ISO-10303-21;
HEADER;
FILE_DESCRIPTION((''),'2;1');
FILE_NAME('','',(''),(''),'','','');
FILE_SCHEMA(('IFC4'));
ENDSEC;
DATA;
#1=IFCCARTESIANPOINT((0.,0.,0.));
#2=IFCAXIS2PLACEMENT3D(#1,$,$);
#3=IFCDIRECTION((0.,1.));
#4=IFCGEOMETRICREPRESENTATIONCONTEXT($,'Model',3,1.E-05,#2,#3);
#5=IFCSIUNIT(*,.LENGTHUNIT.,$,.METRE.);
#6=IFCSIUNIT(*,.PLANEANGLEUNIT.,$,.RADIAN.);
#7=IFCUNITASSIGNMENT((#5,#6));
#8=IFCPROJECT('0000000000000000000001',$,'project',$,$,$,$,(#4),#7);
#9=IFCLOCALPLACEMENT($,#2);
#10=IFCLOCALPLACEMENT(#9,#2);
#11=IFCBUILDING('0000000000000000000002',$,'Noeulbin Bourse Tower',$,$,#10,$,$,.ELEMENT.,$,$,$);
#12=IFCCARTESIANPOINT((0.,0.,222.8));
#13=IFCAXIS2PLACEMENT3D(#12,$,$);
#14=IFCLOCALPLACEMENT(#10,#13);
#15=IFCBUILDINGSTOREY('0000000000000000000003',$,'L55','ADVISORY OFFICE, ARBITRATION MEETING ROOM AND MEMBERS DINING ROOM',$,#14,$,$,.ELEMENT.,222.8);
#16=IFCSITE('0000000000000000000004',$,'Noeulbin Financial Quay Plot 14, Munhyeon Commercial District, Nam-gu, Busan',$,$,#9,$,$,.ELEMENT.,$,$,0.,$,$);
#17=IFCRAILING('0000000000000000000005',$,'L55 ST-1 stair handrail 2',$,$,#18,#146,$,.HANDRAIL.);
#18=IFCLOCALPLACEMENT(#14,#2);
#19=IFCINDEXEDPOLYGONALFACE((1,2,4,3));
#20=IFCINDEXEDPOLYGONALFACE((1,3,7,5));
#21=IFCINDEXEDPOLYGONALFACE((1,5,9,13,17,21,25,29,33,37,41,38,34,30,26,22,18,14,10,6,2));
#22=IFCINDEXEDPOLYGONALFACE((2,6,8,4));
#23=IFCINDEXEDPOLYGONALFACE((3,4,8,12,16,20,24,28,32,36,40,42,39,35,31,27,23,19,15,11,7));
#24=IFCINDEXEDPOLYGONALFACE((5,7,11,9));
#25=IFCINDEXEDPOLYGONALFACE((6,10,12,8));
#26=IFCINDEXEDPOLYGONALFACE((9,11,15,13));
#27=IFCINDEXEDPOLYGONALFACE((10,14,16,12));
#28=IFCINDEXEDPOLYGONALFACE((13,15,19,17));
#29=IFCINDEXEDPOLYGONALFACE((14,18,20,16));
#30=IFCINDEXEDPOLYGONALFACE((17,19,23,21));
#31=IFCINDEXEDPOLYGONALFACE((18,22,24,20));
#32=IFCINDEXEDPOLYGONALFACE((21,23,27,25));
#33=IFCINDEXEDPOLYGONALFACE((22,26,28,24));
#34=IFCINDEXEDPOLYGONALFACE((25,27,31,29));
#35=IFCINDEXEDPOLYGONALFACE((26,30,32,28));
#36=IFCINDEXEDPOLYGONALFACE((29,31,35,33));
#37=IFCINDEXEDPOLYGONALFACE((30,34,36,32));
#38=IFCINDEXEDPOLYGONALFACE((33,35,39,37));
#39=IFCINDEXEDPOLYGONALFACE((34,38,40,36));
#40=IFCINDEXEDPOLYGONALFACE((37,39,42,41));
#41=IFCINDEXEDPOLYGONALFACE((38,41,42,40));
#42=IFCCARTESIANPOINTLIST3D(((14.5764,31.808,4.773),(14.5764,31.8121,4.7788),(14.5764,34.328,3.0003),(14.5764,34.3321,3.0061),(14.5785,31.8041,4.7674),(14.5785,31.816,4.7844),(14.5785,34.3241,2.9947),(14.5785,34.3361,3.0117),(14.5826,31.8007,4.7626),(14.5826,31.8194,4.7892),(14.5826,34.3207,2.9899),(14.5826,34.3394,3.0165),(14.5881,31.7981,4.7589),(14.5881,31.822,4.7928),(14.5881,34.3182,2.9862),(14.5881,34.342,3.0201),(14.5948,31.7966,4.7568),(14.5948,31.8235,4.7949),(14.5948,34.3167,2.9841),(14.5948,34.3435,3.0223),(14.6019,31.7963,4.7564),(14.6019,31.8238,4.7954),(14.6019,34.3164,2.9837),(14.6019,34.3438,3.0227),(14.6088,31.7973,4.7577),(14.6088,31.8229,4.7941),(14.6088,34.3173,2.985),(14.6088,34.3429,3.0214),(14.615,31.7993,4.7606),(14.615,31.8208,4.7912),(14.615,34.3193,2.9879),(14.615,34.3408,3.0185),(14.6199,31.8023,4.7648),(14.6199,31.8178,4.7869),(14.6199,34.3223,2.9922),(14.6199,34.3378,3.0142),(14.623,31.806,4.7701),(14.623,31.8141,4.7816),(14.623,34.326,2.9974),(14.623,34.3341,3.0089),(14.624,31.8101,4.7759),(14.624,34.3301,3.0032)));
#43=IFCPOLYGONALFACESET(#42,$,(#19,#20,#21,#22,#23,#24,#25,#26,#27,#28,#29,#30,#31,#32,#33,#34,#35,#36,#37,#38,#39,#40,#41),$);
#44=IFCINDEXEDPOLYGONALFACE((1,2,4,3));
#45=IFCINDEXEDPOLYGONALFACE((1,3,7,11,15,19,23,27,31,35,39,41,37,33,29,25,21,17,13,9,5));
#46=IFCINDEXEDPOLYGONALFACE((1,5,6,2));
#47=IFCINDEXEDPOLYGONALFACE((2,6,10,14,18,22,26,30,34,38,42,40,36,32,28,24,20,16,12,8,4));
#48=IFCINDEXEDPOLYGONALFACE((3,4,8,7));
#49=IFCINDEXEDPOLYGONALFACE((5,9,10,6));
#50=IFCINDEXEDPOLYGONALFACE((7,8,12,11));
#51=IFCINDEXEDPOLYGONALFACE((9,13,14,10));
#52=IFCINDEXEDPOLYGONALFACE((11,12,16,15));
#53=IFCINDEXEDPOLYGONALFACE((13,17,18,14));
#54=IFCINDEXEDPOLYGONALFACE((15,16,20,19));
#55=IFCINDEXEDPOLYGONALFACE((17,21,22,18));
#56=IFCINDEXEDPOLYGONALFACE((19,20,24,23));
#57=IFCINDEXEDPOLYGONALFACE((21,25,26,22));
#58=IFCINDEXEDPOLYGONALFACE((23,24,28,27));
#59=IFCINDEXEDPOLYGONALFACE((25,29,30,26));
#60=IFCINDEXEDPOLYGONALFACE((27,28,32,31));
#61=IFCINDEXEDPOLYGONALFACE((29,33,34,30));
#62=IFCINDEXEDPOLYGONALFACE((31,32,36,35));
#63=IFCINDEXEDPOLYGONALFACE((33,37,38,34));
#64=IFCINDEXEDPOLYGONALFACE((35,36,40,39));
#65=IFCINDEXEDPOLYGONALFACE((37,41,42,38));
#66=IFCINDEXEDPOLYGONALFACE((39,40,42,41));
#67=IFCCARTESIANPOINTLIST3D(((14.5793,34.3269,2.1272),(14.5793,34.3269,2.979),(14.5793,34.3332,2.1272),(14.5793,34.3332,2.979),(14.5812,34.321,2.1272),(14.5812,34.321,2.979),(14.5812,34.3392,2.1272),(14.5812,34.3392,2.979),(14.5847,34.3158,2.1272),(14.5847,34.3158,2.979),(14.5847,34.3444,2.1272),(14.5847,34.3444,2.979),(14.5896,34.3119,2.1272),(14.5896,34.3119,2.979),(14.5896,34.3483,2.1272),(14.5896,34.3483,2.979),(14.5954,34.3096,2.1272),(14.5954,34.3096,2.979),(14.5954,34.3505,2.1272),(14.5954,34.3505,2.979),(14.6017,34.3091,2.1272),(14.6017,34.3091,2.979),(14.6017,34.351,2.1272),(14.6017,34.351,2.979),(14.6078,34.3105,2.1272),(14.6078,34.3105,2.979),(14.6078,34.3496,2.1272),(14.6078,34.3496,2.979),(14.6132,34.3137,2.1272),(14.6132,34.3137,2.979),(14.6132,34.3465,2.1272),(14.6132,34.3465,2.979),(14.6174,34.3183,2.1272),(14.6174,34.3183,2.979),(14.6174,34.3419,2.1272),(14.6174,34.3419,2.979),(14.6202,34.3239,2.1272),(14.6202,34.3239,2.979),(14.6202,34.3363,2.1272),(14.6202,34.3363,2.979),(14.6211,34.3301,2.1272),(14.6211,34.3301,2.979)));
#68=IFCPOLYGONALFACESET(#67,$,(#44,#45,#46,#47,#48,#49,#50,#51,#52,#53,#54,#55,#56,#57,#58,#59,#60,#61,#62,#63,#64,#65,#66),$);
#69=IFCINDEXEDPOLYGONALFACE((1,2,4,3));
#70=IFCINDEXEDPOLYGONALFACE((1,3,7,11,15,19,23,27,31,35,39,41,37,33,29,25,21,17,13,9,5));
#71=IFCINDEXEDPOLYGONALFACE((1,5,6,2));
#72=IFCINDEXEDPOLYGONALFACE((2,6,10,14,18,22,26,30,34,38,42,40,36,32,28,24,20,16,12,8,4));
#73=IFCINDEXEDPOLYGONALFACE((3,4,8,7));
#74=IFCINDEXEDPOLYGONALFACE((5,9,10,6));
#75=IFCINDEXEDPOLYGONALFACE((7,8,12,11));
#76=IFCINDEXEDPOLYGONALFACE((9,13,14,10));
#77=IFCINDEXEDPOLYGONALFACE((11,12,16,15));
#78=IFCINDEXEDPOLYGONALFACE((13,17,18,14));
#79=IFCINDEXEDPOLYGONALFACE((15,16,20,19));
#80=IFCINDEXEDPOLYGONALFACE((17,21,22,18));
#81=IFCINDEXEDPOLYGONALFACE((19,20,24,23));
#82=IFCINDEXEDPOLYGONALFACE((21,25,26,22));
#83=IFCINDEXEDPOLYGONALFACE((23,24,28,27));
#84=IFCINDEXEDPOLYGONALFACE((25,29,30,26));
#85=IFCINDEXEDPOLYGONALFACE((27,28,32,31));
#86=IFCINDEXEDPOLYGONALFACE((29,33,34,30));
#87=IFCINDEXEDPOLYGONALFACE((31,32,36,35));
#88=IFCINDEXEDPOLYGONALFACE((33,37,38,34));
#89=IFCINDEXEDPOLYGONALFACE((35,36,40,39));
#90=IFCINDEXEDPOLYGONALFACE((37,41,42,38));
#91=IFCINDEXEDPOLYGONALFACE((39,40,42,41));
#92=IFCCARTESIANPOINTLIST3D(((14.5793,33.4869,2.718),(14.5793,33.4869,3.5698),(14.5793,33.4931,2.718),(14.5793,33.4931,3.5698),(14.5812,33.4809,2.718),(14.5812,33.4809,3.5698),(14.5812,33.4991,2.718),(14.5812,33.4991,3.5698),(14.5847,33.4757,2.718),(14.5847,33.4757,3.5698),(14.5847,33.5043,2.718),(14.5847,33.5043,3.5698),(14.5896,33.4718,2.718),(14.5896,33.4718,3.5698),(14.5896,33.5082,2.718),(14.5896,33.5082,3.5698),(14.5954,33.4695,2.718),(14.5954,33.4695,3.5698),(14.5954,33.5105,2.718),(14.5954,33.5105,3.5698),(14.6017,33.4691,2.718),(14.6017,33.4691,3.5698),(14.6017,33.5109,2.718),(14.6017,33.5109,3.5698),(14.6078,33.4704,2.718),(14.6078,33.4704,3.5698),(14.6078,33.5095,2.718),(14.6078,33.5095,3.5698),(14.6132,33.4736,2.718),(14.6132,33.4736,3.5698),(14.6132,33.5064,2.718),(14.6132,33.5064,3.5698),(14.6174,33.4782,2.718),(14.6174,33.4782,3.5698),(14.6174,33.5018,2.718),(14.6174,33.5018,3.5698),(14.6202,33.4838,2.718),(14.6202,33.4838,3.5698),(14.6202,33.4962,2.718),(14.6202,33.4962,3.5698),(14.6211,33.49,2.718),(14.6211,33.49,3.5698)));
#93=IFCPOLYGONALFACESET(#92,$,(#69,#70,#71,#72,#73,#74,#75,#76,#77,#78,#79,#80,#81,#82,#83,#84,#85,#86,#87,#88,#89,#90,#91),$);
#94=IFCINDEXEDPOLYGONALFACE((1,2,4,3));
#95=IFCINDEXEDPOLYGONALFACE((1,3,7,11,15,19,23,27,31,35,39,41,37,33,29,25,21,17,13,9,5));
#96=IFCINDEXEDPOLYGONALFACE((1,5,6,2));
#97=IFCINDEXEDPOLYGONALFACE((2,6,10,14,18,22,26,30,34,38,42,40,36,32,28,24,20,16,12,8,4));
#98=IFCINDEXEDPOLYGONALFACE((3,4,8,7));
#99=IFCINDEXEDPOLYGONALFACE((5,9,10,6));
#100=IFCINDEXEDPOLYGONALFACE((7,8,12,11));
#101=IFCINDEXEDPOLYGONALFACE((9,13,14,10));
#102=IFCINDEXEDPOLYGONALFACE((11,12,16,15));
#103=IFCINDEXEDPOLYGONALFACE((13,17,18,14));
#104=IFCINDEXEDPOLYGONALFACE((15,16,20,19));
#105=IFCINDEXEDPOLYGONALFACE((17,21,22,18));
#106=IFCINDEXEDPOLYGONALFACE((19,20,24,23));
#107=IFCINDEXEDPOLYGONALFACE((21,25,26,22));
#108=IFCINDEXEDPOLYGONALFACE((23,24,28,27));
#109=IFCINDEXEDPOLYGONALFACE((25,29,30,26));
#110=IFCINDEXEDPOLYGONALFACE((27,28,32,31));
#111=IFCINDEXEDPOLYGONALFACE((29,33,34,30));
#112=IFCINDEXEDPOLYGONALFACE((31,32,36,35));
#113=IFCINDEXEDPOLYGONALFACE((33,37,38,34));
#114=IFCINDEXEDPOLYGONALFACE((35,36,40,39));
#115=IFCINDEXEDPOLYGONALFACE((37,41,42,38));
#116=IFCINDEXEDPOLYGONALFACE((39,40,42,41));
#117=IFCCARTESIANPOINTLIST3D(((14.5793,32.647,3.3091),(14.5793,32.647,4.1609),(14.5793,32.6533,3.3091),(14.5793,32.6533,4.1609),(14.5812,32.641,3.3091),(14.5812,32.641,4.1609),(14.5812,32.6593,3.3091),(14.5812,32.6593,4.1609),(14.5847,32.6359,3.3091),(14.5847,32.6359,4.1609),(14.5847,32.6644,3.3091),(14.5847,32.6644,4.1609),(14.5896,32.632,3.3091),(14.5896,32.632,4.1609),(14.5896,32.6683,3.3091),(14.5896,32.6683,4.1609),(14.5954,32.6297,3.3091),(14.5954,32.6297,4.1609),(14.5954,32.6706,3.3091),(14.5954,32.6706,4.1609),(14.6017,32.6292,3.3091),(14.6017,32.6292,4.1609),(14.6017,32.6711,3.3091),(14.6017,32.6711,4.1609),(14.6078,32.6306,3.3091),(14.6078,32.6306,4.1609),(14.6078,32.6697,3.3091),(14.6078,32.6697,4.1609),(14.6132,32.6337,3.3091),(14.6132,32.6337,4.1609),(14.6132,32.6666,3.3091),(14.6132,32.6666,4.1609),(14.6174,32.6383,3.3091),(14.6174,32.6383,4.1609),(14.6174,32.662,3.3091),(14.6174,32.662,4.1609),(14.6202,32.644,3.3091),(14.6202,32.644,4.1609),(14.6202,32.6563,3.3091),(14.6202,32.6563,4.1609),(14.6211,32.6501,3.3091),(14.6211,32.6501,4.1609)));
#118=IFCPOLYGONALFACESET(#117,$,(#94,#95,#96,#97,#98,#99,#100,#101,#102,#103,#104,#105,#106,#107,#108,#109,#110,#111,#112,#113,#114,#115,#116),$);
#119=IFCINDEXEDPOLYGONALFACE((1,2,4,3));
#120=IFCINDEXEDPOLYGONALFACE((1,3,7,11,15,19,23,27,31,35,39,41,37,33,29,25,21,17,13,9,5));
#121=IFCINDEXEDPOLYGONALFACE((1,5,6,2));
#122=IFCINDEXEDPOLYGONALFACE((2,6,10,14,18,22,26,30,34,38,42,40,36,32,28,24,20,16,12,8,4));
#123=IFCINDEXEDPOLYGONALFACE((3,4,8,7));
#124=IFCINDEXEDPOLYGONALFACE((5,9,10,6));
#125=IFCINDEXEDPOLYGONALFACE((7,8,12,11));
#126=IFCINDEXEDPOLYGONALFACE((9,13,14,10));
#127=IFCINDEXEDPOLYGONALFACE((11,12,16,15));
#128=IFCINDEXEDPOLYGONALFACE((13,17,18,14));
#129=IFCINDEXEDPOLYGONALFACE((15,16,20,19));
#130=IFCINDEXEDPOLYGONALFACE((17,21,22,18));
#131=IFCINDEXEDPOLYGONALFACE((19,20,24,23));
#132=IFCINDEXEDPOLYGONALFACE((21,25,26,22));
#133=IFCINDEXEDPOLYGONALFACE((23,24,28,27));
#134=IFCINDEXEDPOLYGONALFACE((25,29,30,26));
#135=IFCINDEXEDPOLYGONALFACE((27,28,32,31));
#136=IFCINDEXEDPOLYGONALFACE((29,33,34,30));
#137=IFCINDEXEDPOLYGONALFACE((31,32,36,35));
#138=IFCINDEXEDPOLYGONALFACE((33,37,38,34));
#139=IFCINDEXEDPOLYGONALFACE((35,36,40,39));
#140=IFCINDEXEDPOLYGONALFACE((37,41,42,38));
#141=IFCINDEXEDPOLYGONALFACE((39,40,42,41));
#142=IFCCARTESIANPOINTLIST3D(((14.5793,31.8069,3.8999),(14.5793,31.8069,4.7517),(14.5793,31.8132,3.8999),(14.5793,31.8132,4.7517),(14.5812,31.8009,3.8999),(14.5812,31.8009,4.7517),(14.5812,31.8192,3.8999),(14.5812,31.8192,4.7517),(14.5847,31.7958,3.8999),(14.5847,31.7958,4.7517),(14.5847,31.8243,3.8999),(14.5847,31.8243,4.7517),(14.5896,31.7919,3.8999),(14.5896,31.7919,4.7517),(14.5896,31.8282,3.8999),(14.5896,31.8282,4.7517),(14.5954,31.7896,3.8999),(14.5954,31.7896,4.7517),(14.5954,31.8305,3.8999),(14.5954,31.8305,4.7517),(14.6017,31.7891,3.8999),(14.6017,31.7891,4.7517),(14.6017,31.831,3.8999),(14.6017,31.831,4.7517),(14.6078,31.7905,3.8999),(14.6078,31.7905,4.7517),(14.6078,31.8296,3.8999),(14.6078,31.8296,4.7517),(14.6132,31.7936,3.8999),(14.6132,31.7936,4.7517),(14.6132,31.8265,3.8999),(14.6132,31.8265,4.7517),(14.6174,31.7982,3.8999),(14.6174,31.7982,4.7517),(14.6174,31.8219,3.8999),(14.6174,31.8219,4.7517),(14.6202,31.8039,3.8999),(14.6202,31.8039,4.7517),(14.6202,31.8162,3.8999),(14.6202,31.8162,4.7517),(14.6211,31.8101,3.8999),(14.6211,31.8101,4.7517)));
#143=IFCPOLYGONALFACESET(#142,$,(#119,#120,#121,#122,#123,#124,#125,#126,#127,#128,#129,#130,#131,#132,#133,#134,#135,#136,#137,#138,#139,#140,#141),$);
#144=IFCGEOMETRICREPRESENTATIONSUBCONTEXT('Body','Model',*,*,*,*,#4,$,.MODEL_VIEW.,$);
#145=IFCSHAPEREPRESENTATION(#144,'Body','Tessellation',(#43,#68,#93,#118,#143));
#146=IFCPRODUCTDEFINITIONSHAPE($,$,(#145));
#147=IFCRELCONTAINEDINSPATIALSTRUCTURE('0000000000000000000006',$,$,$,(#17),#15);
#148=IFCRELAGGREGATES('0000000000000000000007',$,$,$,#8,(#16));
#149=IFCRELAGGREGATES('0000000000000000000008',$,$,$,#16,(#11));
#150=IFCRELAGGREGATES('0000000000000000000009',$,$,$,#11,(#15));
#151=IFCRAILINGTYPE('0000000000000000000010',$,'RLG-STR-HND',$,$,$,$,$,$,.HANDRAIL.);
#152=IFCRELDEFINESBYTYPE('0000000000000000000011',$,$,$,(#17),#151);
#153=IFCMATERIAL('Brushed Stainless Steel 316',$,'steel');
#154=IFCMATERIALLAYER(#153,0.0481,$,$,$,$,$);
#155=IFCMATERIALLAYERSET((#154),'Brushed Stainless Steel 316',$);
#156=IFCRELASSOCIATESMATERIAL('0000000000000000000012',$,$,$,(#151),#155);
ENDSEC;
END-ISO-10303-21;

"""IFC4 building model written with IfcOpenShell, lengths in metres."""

from ifc_helpers import new_model, si_unit, direction, frame, origin, origin_2d, place, context, subcontext, project, spatial, circle, extrude, material, layer, layer_set, type_object, element, save


model = new_model("IFC4")

# Units and contexts
model_context = context("Model", 3, precision=1e-05, world=origin(), true_north=direction((0.0, 1.0)))
body_context = subcontext(model_context, "Body", "Model", "MODEL_VIEW")
ifc_project = project(units=[si_unit("LENGTHUNIT", "METRE"), si_unit("PLANEANGLEUNIT", "RADIAN")], contexts=[model_context])

# Site, building, storey
site_placement = place(None, origin())
site = spatial("IfcSite", under=ifc_project, at=site_placement, Name="Noeulbin Financial Quay Plot 14, Munhyeon Commercial District, Nam-gu, Busan", CompositionType="ELEMENT", RefElevation=0.0)
building_placement = place(site_placement, origin())
building = spatial("IfcBuilding", under=site, at=building_placement, Name="Noeulbin Bourse Tower", CompositionType="ELEMENT")
storey_placement = place(building_placement, frame((0.0, 0.0, 222.8)))
storey = spatial("IfcBuildingStorey", under=building, at=storey_placement, Name="L55", Description="ADVISORY OFFICE, ARBITRATION MEETING ROOM AND MEMBERS DINING ROOM", CompositionType="ELEMENT", Elevation=222.8)

# Railing
ifc_material_1 = material(Name="Brushed Stainless Steel 316", Category="steel")
ifc_layer_1 = layer(ifc_material_1, 0.0481)
ifc_layer_set_1 = layer_set([ifc_layer_1], Name="Brushed Stainless Steel 316")
railing_type_1 = type_object("IfcRailingType", Name="RLG-STR-HND", PredefinedType="HANDRAIL", material=ifc_layer_set_1)
railing_1_placement = place(storey_placement, frame((14.6001, 34.3301, 2.1272)))
element("IfcRailing", 1, at=railing_1_placement, inside=storey, type_object=railing_type_1, Name="L55 ST-1 stair handrail 2", PredefinedType="HANDRAIL", context=body_context, shape_type="SweptSolid", body=[
    extrude(circle(Radius=0.0239, at=origin_2d()), frame((0.0, 0.0, 0.876), z_axis=(0.0, -0.817904, 0.575354), x_axis=(1.0, 0.0, 0.0)), (0.0, 0.0, 1.0), 3.0811),
    extrude(circle(Radius=0.021, at=origin_2d()), origin(), (0.0, 0.0, 1.0), 0.8518),
    extrude(circle(Radius=0.021, at=origin_2d()), frame((0.0, -0.8401, 0.5908)), (0.0, 0.0, 1.0), 0.8518),
    extrude(circle(Radius=0.021, at=origin_2d()), frame((0.0, -1.6799, 1.1819)), (0.0, 0.0, 1.0), 0.8518),
    extrude(circle(Radius=0.021, at=origin_2d()), frame((0.0, -2.52, 1.7727)), (0.0, 0.0, 1.0), 0.8518),
])

save(model, "model.ifc")
